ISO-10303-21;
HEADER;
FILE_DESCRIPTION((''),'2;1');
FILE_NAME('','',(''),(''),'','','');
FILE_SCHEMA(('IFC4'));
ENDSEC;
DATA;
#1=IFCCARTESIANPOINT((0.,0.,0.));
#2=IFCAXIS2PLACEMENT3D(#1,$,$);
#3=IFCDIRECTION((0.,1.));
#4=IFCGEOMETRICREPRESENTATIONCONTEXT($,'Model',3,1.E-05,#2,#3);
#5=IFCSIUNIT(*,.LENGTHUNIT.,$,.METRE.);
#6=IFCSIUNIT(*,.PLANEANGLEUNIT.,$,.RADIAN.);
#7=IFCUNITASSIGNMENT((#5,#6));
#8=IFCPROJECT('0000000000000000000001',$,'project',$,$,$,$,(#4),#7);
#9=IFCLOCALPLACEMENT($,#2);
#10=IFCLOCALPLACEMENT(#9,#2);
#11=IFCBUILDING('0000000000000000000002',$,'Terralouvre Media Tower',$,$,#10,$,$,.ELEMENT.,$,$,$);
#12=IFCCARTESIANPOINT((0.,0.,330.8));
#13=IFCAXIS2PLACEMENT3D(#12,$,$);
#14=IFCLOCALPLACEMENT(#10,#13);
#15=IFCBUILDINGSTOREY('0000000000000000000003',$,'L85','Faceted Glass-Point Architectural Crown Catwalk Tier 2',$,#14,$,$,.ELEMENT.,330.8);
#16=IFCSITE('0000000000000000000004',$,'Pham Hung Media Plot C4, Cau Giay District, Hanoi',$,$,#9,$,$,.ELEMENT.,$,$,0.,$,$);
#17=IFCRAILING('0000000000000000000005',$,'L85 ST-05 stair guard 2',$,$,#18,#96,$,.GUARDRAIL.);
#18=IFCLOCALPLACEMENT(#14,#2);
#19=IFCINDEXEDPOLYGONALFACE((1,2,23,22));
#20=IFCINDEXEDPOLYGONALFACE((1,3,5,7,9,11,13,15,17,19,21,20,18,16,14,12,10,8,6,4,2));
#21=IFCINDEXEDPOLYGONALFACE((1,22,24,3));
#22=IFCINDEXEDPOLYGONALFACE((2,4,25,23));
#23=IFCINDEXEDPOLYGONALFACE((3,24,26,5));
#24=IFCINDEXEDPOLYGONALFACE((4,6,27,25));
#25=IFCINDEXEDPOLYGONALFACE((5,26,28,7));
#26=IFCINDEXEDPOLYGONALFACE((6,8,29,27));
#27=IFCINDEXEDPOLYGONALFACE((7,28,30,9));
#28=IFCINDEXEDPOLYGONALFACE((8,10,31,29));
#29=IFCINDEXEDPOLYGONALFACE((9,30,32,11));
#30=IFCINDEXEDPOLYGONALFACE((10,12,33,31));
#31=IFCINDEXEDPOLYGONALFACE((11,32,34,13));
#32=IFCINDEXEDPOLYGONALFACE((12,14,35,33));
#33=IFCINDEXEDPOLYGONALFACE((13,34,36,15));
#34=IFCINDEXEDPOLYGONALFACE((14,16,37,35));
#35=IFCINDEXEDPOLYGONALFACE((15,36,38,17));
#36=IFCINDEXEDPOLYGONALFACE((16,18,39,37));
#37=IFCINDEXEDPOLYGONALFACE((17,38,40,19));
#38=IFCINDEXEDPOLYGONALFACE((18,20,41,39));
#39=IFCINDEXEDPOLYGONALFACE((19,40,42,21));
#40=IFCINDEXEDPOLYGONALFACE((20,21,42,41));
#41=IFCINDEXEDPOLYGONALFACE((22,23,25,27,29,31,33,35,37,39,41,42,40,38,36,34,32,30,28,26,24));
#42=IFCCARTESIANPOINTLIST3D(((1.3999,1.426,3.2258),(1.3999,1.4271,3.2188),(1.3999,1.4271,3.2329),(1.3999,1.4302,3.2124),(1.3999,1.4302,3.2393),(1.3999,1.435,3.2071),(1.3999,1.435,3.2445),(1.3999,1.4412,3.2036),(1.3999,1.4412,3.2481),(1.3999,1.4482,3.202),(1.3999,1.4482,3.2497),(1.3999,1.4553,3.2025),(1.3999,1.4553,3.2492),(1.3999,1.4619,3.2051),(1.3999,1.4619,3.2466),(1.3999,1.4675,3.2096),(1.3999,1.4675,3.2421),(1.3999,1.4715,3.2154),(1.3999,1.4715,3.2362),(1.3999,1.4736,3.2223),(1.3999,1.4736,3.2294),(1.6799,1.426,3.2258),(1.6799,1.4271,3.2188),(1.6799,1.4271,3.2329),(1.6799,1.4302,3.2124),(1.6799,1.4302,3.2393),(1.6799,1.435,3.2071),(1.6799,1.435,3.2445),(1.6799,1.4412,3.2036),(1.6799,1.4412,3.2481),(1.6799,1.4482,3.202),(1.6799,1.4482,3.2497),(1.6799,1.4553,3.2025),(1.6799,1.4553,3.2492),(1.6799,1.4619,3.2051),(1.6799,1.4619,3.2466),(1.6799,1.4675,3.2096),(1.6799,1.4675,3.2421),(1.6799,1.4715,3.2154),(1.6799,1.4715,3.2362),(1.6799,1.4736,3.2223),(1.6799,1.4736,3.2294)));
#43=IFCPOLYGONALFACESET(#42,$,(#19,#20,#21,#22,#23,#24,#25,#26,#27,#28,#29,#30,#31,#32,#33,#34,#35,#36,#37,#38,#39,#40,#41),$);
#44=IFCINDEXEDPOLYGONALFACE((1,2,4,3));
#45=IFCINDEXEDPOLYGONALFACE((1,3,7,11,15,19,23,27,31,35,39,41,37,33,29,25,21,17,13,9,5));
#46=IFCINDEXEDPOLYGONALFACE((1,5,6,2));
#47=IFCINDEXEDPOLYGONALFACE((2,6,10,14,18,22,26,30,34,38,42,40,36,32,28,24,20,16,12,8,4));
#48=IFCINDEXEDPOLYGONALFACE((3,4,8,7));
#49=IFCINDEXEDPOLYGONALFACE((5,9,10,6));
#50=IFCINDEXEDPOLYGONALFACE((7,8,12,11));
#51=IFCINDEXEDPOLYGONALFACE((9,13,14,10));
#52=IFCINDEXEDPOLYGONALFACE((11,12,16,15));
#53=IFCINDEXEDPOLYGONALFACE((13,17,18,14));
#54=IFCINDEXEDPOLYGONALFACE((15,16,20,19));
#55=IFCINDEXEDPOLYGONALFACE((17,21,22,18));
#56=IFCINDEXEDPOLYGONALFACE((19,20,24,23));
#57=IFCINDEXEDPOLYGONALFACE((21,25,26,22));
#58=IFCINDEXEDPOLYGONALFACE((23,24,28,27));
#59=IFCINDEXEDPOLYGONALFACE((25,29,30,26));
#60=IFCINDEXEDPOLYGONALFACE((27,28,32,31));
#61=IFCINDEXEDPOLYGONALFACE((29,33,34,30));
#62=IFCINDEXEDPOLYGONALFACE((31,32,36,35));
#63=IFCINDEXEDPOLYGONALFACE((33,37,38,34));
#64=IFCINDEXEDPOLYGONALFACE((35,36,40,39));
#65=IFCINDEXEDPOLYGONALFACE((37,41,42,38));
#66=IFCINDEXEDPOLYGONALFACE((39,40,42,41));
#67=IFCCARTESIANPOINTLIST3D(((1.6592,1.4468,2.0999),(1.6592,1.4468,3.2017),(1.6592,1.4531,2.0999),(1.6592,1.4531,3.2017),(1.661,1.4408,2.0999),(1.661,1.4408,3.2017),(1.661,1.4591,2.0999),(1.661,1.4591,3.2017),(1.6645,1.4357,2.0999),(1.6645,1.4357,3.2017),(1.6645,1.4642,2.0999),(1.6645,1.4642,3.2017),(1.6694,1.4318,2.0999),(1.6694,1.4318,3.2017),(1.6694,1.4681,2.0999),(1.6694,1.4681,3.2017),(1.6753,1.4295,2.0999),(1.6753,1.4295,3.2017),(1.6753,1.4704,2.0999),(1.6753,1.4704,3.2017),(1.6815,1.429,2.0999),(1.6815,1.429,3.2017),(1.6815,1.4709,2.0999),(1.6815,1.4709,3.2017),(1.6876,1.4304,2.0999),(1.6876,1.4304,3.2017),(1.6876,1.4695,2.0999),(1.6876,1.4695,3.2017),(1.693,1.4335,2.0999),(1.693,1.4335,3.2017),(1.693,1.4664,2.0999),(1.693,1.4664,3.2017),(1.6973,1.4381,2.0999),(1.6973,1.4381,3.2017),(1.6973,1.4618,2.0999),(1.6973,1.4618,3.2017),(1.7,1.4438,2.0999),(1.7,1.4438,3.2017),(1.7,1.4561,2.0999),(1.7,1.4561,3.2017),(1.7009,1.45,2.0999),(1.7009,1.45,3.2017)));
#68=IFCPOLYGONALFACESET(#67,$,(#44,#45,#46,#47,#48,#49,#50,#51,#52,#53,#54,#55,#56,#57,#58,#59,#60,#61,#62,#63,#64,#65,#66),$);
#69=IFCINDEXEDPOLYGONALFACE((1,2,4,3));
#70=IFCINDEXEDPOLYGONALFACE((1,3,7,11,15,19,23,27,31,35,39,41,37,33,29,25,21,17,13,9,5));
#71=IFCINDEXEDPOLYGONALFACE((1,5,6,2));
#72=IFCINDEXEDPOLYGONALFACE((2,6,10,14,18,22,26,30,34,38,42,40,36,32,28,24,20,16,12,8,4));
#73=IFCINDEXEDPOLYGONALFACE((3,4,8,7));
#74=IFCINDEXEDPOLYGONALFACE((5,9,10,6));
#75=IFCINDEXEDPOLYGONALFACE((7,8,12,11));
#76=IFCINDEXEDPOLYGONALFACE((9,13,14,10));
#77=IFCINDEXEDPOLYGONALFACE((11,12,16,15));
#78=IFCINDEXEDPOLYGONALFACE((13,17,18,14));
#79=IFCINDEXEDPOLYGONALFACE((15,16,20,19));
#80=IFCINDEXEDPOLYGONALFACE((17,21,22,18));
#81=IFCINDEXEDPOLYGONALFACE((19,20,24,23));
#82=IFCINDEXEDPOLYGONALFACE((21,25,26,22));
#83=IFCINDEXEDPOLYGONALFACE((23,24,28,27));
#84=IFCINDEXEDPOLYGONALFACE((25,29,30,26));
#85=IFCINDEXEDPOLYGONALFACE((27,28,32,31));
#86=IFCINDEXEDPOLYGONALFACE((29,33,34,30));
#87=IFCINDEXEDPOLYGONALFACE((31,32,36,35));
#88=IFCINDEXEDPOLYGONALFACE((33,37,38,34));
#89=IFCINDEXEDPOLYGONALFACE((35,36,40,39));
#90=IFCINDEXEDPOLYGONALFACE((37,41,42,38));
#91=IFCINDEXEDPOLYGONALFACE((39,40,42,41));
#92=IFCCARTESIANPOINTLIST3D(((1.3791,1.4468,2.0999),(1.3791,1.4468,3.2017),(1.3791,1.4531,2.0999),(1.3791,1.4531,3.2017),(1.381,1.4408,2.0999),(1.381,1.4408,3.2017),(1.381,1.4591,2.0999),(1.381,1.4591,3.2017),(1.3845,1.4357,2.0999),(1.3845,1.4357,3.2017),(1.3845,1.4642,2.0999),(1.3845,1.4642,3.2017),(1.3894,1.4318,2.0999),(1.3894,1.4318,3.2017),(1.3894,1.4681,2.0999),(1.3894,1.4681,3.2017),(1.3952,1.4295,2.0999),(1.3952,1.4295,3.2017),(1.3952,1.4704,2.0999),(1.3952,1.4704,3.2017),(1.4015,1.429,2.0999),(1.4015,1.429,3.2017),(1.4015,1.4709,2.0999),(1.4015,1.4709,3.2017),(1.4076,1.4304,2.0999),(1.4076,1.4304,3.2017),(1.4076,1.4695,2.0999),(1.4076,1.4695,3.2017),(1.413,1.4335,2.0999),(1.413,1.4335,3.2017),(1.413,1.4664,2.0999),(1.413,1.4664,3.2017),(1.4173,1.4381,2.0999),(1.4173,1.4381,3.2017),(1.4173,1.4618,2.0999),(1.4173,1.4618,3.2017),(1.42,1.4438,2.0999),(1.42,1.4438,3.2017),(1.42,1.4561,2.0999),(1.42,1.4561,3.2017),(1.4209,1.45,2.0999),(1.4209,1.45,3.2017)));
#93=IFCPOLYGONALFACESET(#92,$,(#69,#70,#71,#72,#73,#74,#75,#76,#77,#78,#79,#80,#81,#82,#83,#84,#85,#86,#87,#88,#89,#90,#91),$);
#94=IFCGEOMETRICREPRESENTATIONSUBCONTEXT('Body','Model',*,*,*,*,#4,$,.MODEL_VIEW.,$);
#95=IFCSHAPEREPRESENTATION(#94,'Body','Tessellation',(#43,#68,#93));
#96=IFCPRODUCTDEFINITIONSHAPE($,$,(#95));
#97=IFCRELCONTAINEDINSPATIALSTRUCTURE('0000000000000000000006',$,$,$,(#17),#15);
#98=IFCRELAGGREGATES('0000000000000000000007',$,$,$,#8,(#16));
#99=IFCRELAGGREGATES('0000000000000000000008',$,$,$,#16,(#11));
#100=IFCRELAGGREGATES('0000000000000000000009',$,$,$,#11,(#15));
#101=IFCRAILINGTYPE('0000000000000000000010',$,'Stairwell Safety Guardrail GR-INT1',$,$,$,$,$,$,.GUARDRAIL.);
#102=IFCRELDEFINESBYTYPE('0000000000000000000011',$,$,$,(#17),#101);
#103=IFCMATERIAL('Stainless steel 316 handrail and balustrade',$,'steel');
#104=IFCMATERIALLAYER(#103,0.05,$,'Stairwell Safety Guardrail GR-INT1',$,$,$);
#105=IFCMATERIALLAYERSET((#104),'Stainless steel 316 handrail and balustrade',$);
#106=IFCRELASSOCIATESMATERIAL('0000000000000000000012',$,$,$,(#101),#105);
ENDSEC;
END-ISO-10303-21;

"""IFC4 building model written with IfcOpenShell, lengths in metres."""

from ifc_helpers import new_model, si_unit, direction, frame, origin, origin_2d, place, context, subcontext, project, spatial, circle, extrude, material, layer, layer_set, type_object, element, save


model = new_model("IFC4")

# Units and contexts
model_context = context("Model", 3, precision=1e-05, world=origin(), true_north=direction((0.0, 1.0)))
body_context = subcontext(model_context, "Body", "Model", "MODEL_VIEW")
ifc_project = project(units=[si_unit("LENGTHUNIT", "METRE"), si_unit("PLANEANGLEUNIT", "RADIAN")], contexts=[model_context])

# Site, building, storey
site_placement = place(None, origin())
site = spatial("IfcSite", under=ifc_project, at=site_placement, Name="Pham Hung Media Plot C4, Cau Giay District, Hanoi", CompositionType="ELEMENT", RefElevation=0.0)
building_placement = place(site_placement, origin())
building = spatial("IfcBuilding", under=site, at=building_placement, Name="Terralouvre Media Tower", CompositionType="ELEMENT")
storey_placement = place(building_placement, frame((0.0, 0.0, 330.8)))
storey = spatial("IfcBuildingStorey", under=building, at=storey_placement, Name="L85", Description="Faceted Glass-Point Architectural Crown Catwalk Tier 2", CompositionType="ELEMENT", Elevation=330.8)

# Railing
ifc_material_1 = material(Name="Stainless steel 316 handrail and balustrade", Category="steel")
ifc_layer_1 = layer(ifc_material_1, 0.05, Name="Stairwell Safety Guardrail GR-INT1")
ifc_layer_set_1 = layer_set([ifc_layer_1], Name="Stainless steel 316 handrail and balustrade")
railing_type_1 = type_object("IfcRailingType", Name="Stairwell Safety Guardrail GR-INT1", PredefinedType="GUARDRAIL", material=ifc_layer_set_1)
railing_1_placement = place(storey_placement, frame((1.6799, 1.45, 2.0999)))
element("IfcRailing", 1, at=railing_1_placement, inside=storey, type_object=railing_type_1, Name="L85 ST-05 stair guard 2", PredefinedType="GUARDRAIL", context=body_context, shape_type="SweptSolid", body=[
    extrude(circle(Radius=0.0239, at=origin_2d()), frame((0.0, 0.0, 1.126), z_axis=(-1.0, 0.0, 0.0), x_axis=(0.0, -1.0, 0.0)), (0.0, 0.0, 1.0), 0.28),
    extrude(circle(Radius=0.021, at=origin_2d()), origin(), (0.0, 0.0, 1.0), 1.1018),
    extrude(circle(Radius=0.021, at=origin_2d()), frame((-0.28, 0.0, 0.0)), (0.0, 0.0, 1.0), 1.1018),
])

save(model, "model.ifc")
